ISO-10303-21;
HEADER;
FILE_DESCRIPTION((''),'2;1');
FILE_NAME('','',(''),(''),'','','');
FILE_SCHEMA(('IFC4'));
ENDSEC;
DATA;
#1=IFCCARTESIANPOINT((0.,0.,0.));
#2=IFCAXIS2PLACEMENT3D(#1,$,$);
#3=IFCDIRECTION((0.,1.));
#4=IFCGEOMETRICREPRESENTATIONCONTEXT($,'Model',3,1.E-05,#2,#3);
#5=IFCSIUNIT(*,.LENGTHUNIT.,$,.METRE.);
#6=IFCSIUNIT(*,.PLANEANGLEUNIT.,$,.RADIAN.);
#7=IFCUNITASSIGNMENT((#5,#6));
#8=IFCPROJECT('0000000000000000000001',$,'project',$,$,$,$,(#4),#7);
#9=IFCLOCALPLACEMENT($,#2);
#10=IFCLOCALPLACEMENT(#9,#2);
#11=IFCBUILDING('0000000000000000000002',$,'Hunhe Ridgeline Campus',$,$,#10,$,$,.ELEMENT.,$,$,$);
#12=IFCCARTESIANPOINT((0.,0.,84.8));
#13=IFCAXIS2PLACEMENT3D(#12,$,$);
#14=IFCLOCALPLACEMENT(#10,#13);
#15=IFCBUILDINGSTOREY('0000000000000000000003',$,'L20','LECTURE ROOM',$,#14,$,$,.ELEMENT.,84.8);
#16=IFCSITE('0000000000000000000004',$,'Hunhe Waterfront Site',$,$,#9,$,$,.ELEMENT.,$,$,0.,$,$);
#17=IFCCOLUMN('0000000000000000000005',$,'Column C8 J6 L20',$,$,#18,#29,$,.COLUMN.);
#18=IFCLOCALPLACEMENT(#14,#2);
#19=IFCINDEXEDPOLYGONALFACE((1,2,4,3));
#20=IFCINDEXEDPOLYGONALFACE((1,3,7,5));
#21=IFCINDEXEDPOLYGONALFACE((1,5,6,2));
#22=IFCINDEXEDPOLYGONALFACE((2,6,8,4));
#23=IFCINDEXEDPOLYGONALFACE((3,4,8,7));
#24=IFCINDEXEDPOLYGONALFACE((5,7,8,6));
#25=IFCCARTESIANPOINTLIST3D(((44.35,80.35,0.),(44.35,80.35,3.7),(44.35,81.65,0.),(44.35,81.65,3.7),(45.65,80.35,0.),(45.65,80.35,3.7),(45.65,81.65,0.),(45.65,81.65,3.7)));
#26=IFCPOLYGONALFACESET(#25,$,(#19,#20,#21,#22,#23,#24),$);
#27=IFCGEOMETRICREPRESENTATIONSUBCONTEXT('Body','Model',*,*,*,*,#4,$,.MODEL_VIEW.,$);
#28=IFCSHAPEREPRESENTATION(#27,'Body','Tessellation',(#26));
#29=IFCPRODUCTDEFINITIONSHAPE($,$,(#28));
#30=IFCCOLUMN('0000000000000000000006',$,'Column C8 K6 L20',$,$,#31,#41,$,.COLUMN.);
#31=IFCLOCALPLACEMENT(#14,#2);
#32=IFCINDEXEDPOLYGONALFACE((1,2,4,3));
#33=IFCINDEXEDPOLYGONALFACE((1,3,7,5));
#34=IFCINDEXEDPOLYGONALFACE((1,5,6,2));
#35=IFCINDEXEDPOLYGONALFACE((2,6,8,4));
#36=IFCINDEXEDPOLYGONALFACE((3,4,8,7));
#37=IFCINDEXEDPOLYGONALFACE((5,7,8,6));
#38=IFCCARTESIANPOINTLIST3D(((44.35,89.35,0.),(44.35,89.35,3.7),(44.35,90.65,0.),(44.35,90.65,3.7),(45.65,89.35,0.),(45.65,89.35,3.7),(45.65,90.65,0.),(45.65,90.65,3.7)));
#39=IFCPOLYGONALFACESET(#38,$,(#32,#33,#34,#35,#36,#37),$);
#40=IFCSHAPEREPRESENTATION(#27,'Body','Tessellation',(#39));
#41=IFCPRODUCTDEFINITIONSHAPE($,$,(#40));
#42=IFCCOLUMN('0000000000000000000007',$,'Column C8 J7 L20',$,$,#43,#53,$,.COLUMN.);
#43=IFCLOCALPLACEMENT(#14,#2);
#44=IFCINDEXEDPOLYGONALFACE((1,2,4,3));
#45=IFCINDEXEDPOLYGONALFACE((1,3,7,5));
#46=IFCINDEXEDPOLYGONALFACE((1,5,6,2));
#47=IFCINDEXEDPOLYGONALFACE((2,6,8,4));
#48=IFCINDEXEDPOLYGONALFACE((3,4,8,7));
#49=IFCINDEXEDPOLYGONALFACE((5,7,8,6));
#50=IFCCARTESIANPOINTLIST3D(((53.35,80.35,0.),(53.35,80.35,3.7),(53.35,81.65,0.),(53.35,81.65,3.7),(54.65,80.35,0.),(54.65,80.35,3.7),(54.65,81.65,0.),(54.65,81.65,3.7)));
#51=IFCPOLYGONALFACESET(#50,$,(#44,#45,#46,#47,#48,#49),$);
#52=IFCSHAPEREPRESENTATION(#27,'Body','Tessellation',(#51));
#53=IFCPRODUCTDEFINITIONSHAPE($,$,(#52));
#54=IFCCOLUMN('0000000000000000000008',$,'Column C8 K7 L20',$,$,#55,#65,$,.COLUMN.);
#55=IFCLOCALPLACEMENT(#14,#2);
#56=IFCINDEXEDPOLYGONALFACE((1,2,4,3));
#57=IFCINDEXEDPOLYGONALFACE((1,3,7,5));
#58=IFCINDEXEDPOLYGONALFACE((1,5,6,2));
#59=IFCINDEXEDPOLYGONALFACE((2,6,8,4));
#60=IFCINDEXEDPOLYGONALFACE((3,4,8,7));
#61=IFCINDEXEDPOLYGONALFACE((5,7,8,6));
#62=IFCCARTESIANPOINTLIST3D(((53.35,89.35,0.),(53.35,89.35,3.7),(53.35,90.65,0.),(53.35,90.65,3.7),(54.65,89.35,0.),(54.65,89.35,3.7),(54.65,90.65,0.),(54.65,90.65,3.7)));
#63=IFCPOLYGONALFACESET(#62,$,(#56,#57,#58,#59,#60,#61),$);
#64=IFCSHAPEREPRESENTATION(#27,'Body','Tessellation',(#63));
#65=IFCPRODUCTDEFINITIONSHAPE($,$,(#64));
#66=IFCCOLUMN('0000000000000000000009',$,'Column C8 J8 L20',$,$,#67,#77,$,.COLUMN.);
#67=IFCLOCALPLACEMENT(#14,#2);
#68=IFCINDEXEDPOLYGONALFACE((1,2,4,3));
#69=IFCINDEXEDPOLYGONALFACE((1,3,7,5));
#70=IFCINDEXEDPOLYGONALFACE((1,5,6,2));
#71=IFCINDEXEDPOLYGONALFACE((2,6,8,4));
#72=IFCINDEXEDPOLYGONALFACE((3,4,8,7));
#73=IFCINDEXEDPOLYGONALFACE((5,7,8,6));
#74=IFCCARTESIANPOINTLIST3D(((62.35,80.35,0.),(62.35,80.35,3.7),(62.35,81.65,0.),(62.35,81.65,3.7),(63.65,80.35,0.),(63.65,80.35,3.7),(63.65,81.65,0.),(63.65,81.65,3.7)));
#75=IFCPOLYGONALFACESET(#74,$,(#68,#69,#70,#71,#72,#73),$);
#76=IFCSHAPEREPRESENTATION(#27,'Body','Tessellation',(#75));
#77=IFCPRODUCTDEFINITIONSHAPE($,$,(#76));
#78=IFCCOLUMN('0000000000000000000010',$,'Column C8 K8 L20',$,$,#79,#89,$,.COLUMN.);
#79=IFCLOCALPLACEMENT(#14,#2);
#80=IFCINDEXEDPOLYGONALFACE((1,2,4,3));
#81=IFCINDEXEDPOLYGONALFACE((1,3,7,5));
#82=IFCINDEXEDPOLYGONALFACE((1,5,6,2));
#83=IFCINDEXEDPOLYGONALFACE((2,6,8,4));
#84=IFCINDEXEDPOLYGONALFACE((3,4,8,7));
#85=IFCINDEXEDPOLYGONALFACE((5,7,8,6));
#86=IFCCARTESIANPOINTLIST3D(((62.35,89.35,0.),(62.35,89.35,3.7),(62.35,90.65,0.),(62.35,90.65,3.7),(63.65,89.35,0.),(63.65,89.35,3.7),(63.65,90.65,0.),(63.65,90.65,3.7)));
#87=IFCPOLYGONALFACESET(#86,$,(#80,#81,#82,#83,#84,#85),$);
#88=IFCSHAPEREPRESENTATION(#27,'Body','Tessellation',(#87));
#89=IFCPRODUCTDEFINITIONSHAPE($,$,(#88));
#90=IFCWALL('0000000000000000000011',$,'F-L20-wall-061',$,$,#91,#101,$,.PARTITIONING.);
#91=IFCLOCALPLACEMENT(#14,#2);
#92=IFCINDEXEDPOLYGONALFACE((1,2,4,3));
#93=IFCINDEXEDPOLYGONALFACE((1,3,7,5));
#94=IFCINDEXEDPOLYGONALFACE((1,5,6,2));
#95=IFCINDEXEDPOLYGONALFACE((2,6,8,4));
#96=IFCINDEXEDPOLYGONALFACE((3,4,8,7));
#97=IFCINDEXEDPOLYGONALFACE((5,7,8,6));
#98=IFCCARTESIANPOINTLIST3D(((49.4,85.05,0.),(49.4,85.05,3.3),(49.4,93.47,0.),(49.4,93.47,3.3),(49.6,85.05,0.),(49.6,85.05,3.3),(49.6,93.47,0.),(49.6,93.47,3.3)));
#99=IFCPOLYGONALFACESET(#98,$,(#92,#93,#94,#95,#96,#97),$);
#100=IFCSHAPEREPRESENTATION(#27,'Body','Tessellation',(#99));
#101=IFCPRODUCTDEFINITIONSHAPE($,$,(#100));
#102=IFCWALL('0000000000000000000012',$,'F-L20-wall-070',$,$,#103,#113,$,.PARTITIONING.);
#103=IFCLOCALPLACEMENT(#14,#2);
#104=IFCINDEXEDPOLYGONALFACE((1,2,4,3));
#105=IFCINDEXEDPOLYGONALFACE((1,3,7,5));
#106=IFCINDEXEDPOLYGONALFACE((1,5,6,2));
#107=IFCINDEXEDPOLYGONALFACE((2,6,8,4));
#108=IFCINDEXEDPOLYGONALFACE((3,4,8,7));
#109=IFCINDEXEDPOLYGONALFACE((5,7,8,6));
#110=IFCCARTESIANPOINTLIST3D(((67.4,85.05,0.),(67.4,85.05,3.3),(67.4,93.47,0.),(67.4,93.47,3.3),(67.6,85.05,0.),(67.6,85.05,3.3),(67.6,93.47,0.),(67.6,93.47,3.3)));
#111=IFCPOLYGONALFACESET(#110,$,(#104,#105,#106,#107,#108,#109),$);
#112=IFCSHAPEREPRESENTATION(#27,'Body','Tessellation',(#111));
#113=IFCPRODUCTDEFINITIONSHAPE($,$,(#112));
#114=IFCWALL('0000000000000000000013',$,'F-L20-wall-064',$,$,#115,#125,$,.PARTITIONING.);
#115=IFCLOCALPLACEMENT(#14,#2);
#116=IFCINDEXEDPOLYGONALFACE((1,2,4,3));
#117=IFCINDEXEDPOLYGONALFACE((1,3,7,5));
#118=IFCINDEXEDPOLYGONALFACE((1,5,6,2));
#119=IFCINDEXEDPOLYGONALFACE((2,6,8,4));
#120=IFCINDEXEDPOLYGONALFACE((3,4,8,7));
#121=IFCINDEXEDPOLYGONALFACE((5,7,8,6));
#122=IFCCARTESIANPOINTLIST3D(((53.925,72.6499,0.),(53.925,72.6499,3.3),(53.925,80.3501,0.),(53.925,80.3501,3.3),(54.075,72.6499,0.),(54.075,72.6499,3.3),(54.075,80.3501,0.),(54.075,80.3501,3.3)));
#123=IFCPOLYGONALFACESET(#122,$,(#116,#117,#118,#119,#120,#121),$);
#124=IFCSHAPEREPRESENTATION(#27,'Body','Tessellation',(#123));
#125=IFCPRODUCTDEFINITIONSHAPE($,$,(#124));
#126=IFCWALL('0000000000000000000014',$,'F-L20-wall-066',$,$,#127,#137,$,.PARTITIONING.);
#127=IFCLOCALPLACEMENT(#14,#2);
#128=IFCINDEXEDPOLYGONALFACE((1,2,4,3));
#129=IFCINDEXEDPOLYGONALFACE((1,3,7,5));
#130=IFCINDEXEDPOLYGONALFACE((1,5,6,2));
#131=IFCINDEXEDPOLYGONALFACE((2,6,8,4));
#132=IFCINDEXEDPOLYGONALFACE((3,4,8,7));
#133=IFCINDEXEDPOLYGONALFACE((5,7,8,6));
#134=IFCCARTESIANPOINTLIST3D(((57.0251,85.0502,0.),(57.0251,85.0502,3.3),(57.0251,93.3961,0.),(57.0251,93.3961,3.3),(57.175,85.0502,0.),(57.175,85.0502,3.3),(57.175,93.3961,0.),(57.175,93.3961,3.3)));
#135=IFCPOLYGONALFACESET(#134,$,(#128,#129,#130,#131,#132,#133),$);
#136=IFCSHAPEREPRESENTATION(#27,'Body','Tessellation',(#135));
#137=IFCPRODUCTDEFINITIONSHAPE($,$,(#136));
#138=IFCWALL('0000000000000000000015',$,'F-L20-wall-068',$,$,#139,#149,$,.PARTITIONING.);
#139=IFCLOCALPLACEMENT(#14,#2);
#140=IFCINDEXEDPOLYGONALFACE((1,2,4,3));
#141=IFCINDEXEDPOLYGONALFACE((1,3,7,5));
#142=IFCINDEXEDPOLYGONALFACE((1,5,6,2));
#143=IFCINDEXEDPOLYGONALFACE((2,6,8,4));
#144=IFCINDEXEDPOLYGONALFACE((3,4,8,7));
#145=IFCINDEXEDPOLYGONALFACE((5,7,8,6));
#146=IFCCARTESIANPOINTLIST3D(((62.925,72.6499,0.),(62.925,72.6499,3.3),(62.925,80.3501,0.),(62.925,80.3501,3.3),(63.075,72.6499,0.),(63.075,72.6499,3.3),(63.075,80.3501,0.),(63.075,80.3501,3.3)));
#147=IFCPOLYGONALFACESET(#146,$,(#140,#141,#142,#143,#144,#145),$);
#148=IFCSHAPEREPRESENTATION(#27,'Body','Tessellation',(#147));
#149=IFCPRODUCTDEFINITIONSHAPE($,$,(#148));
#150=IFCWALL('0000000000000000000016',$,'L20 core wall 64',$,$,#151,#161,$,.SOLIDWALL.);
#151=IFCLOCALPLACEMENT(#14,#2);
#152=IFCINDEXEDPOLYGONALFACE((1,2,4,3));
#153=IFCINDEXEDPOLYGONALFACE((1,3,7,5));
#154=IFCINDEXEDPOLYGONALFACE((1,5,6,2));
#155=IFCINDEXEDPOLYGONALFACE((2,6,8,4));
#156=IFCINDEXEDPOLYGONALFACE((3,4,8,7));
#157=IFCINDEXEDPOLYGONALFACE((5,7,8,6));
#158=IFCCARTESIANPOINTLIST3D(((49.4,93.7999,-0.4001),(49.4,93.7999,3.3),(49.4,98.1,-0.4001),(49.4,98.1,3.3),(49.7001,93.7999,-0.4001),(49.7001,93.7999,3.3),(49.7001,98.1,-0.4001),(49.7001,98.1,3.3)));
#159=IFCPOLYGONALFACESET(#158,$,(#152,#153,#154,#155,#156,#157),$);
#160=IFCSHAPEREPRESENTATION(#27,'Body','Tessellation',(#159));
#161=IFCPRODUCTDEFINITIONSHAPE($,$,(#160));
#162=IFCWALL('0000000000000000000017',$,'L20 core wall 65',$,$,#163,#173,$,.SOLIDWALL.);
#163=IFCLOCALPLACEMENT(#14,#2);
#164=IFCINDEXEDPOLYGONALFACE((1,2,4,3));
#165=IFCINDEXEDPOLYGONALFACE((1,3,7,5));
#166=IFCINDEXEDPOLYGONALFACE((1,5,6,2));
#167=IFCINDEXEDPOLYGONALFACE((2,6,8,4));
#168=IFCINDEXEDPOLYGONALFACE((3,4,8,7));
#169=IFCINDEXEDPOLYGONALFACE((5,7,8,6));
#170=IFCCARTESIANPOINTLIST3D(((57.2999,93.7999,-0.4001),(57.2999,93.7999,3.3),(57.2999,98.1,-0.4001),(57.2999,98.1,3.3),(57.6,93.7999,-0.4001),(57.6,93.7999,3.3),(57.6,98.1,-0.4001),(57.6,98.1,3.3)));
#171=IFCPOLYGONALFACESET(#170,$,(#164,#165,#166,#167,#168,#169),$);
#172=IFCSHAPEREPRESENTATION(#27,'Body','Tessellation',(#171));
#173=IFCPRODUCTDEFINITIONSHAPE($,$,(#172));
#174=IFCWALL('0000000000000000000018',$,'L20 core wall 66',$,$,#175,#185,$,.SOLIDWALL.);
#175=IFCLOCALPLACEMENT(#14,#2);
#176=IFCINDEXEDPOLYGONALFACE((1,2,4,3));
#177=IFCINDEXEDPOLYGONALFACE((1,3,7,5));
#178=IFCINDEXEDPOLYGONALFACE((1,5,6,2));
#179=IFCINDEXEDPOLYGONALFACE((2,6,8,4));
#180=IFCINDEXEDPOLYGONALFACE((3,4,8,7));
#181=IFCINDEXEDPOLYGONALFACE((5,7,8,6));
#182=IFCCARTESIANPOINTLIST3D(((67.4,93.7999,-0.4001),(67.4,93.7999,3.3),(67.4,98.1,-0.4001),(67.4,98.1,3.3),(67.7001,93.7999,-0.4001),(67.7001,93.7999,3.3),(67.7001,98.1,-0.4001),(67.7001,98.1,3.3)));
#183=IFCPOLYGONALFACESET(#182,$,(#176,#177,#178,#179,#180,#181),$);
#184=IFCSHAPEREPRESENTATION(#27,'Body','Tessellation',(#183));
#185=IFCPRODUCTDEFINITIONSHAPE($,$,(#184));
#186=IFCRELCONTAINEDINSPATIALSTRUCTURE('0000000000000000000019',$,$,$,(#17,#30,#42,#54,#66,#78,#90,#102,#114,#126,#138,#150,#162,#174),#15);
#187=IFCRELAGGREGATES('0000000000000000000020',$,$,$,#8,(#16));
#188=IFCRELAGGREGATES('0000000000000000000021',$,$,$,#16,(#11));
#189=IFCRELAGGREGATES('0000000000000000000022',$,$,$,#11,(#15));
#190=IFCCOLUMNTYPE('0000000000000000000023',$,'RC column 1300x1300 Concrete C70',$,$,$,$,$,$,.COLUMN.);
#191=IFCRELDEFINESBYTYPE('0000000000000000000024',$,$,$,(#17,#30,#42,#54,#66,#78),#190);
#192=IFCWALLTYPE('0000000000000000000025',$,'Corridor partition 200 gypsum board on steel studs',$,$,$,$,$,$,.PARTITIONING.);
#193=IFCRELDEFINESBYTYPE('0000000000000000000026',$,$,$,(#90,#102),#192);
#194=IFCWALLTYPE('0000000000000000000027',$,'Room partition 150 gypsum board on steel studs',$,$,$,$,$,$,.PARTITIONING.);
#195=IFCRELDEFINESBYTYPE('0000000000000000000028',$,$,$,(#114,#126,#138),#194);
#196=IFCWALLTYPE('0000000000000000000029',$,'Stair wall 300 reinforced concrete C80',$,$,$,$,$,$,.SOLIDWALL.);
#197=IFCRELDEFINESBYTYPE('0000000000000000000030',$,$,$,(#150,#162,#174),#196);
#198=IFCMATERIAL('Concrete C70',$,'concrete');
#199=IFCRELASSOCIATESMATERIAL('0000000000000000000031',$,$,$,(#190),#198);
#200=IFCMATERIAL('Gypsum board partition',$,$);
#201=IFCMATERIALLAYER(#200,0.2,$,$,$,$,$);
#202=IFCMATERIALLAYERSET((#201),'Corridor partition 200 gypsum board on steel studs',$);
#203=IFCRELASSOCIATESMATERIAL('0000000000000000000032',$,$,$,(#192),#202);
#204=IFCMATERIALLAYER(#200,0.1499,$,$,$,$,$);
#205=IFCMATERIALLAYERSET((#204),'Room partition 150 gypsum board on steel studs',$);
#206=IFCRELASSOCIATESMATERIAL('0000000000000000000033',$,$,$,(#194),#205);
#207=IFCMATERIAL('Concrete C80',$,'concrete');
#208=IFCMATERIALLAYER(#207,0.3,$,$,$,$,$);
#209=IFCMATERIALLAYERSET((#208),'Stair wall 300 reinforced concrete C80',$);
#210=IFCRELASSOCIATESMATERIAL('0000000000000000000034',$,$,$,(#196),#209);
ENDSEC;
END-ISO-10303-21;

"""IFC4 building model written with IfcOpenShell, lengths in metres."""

from ifc_helpers import new_model, si_unit, direction, frame, frame_2d, origin, origin_2d, place, context, subcontext, project, spatial, rectangle, extrude, material, layer, layer_set, material_profile, profile_set, type_object, element, save


model = new_model("IFC4")

# Units and contexts
model_context = context("Model", 3, precision=1e-05, world=origin(), true_north=direction((0.0, 1.0)))
body_context = subcontext(model_context, "Body", "Model", "MODEL_VIEW")
ifc_project = project(units=[si_unit("LENGTHUNIT", "METRE"), si_unit("PLANEANGLEUNIT", "RADIAN")], contexts=[model_context])

# Site, building, storey
site_placement = place(None, origin())
site = spatial("IfcSite", under=ifc_project, at=site_placement, Name="Hunhe Waterfront Site", CompositionType="ELEMENT", RefElevation=0.0)
building_placement = place(site_placement, origin())
building = spatial("IfcBuilding", under=site, at=building_placement, Name="Hunhe Ridgeline Campus", CompositionType="ELEMENT")
storey_placement = place(building_placement, frame((0.0, 0.0, 84.8)))
storey = spatial("IfcBuildingStorey", under=building, at=storey_placement, Name="L20", Description="LECTURE ROOM", CompositionType="ELEMENT", Elevation=84.8)

# Columns
ifc_material_1 = material(Name="Concrete C70", Category="concrete")
ifc_material_profile = material_profile(ifc_material_1, rectangle(XDim=1.3, YDim=1.3, at=origin_2d()))
ifc_profile_set = profile_set([ifc_material_profile], Name="Concrete C70")
column_type = type_object("IfcColumnType", Name="RC column 1300x1300 Concrete C70", PredefinedType="COLUMN", material=ifc_profile_set)
for number, where, z_axis, x_axis, name in (
    (1, (45.0, 81.0, 0.0), (0.0, 0.0, 1.0), (1.0, 0.0, 0.0), "Column C8 J6 L20"),
    (2, (45.0, 90.0, 0.0), (0.0, 0.0, 1.0), (1.0, 0.0, 0.0), "Column C8 K6 L20"),
    (3, (54.0, 81.0, 0.0), (0.0, 0.0, 1.0), (1.0, 0.0, 0.0), "Column C8 J7 L20"),
    (4, (54.0, 90.0, 0.0), (0.0, 0.0, 1.0), (1.0, 0.0, 0.0), "Column C8 K7 L20"),
    (5, (63.0, 81.0, 0.0), (0.0, 0.0, 1.0), (1.0, 0.0, 0.0), "Column C8 J8 L20"),
    (6, (63.0, 90.0, 0.0), (0.0, 0.0, 1.0), (1.0, 0.0, 0.0), "Column C8 K8 L20"),
):
    element("IfcColumn", number, at=place(storey_placement, frame(where, z_axis=z_axis, x_axis=x_axis)), inside=storey, type_object=column_type, Name=name, PredefinedType="COLUMN", context=body_context, shape_type="SweptSolid", body=[
        extrude(rectangle(XDim=1.3, YDim=1.3, at=origin_2d()), origin(), (0.0, 0.0, 1.0), 3.7),
    ])

# Shared definitions
ifc_material_2 = material(Name="Gypsum board partition")
ifc_layer_1 = layer(ifc_material_2, 0.2)
ifc_layer_set_1 = layer_set([ifc_layer_1], Name="Corridor partition 200 gypsum board on steel studs")
wall_type_1 = type_object("IfcWallType", Name="Corridor partition 200 gypsum board on steel studs", PredefinedType="PARTITIONING", material=ifc_layer_set_1)

# Wall
wall_1_placement = place(storey_placement, frame((49.5, 85.05, 0.0), z_axis=(0.0, 0.0, 1.0), x_axis=(0.0, 1.0, 0.0)))
element("IfcWall", 7, at=wall_1_placement, inside=storey, type_object=wall_type_1, Name="F-L20-wall-061", PredefinedType="PARTITIONING", context=body_context, shape_type="SweptSolid", body=[
    extrude(rectangle(XDim=8.4199, YDim=0.2, at=frame_2d((4.21, 0.0))), origin(), (0.0, 0.0, 1.0), 3.3),
])

# Walls
wall_2_placement = place(storey_placement, frame((67.5, 85.05, 0.0), z_axis=(0.0, 0.0, 1.0), x_axis=(0.0, 1.0, 0.0)))
element("IfcWall", 8, at=wall_2_placement, inside=storey, type_object=wall_type_1, Name="F-L20-wall-070", PredefinedType="PARTITIONING", context=body_context, shape_type="SweptSolid", body=[
    extrude(rectangle(XDim=8.4199, YDim=0.2, at=frame_2d((4.21, 0.0))), origin(), (0.0, 0.0, 1.0), 3.3),
])
ifc_layer_2 = layer(ifc_material_2, 0.1499)
ifc_layer_set_2 = layer_set([ifc_layer_2], Name="Room partition 150 gypsum board on steel studs")
wall_type_2 = type_object("IfcWallType", Name="Room partition 150 gypsum board on steel studs", PredefinedType="PARTITIONING", material=ifc_layer_set_2)
wall_3_placement = place(storey_placement, frame((54.0, 80.3501, 0.0), z_axis=(0.0, 0.0, 1.0), x_axis=(0.0, -1.0, 0.0)))
element("IfcWall", 9, at=wall_3_placement, inside=storey, type_object=wall_type_2, Name="F-L20-wall-064", PredefinedType="PARTITIONING", context=body_context, shape_type="SweptSolid", body=[
    extrude(rectangle(XDim=7.7002, YDim=0.1499, at=frame_2d((3.8501, 0.0))), origin(), (0.0, 0.0, 1.0), 3.3),
])
wall_4_placement = place(storey_placement, frame((57.1001, 93.396, 0.0), z_axis=(0.0, 0.0, 1.0), x_axis=(0.0, -1.0, 0.0)))
element("IfcWall", 10, at=wall_4_placement, inside=storey, type_object=wall_type_2, Name="F-L20-wall-066", PredefinedType="PARTITIONING", context=body_context, shape_type="SweptSolid", body=[
    extrude(rectangle(XDim=8.3459, YDim=0.1499, at=frame_2d((4.1729, 0.0))), origin(), (0.0, 0.0, 1.0), 3.3),
])
wall_5_placement = place(storey_placement, frame((63.0, 80.3501, 0.0), z_axis=(0.0, 0.0, 1.0), x_axis=(0.0, -1.0, 0.0)))
element("IfcWall", 11, at=wall_5_placement, inside=storey, type_object=wall_type_2, Name="F-L20-wall-068", PredefinedType="PARTITIONING", context=body_context, shape_type="SweptSolid", body=[
    extrude(rectangle(XDim=7.7002, YDim=0.1499, at=frame_2d((3.8501, 0.0))), origin(), (0.0, 0.0, 1.0), 3.3),
])

# Shared definitions
ifc_material_3 = material(Name="Concrete C80", Category="concrete")
ifc_layer_3 = layer(ifc_material_3, 0.3)
ifc_layer_set_3 = layer_set([ifc_layer_3], Name="Stair wall 300 reinforced concrete C80")
wall_type_3 = type_object("IfcWallType", Name="Stair wall 300 reinforced concrete C80", PredefinedType="SOLIDWALL", material=ifc_layer_set_3)

# Walls
for number, where, z_axis, x_axis, name in (
    (12, (49.55, 93.8, -0.4001), (0.0, 0.0, 1.0), (0.0, 1.0, 0.0), "L20 core wall 64"),
    (13, (57.45, 93.8, -0.4001), (0.0, 0.0, 1.0), (0.0, 1.0, 0.0), "L20 core wall 65"),
    (14, (67.55, 93.8, -0.4001), (0.0, 0.0, 1.0), (0.0, 1.0, 0.0), "L20 core wall 66"),
):
    element("IfcWall", number, at=place(storey_placement, frame(where, z_axis=z_axis, x_axis=x_axis)), inside=storey, type_object=wall_type_3, Name=name, PredefinedType="SOLIDWALL", context=body_context, shape_type="SweptSolid", body=[
        extrude(rectangle(XDim=4.3, YDim=0.3, at=frame_2d((2.1499, 0.0))), origin(), (0.0, 0.0, 1.0), 3.7002),
    ])

save(model, "model.ifc")
